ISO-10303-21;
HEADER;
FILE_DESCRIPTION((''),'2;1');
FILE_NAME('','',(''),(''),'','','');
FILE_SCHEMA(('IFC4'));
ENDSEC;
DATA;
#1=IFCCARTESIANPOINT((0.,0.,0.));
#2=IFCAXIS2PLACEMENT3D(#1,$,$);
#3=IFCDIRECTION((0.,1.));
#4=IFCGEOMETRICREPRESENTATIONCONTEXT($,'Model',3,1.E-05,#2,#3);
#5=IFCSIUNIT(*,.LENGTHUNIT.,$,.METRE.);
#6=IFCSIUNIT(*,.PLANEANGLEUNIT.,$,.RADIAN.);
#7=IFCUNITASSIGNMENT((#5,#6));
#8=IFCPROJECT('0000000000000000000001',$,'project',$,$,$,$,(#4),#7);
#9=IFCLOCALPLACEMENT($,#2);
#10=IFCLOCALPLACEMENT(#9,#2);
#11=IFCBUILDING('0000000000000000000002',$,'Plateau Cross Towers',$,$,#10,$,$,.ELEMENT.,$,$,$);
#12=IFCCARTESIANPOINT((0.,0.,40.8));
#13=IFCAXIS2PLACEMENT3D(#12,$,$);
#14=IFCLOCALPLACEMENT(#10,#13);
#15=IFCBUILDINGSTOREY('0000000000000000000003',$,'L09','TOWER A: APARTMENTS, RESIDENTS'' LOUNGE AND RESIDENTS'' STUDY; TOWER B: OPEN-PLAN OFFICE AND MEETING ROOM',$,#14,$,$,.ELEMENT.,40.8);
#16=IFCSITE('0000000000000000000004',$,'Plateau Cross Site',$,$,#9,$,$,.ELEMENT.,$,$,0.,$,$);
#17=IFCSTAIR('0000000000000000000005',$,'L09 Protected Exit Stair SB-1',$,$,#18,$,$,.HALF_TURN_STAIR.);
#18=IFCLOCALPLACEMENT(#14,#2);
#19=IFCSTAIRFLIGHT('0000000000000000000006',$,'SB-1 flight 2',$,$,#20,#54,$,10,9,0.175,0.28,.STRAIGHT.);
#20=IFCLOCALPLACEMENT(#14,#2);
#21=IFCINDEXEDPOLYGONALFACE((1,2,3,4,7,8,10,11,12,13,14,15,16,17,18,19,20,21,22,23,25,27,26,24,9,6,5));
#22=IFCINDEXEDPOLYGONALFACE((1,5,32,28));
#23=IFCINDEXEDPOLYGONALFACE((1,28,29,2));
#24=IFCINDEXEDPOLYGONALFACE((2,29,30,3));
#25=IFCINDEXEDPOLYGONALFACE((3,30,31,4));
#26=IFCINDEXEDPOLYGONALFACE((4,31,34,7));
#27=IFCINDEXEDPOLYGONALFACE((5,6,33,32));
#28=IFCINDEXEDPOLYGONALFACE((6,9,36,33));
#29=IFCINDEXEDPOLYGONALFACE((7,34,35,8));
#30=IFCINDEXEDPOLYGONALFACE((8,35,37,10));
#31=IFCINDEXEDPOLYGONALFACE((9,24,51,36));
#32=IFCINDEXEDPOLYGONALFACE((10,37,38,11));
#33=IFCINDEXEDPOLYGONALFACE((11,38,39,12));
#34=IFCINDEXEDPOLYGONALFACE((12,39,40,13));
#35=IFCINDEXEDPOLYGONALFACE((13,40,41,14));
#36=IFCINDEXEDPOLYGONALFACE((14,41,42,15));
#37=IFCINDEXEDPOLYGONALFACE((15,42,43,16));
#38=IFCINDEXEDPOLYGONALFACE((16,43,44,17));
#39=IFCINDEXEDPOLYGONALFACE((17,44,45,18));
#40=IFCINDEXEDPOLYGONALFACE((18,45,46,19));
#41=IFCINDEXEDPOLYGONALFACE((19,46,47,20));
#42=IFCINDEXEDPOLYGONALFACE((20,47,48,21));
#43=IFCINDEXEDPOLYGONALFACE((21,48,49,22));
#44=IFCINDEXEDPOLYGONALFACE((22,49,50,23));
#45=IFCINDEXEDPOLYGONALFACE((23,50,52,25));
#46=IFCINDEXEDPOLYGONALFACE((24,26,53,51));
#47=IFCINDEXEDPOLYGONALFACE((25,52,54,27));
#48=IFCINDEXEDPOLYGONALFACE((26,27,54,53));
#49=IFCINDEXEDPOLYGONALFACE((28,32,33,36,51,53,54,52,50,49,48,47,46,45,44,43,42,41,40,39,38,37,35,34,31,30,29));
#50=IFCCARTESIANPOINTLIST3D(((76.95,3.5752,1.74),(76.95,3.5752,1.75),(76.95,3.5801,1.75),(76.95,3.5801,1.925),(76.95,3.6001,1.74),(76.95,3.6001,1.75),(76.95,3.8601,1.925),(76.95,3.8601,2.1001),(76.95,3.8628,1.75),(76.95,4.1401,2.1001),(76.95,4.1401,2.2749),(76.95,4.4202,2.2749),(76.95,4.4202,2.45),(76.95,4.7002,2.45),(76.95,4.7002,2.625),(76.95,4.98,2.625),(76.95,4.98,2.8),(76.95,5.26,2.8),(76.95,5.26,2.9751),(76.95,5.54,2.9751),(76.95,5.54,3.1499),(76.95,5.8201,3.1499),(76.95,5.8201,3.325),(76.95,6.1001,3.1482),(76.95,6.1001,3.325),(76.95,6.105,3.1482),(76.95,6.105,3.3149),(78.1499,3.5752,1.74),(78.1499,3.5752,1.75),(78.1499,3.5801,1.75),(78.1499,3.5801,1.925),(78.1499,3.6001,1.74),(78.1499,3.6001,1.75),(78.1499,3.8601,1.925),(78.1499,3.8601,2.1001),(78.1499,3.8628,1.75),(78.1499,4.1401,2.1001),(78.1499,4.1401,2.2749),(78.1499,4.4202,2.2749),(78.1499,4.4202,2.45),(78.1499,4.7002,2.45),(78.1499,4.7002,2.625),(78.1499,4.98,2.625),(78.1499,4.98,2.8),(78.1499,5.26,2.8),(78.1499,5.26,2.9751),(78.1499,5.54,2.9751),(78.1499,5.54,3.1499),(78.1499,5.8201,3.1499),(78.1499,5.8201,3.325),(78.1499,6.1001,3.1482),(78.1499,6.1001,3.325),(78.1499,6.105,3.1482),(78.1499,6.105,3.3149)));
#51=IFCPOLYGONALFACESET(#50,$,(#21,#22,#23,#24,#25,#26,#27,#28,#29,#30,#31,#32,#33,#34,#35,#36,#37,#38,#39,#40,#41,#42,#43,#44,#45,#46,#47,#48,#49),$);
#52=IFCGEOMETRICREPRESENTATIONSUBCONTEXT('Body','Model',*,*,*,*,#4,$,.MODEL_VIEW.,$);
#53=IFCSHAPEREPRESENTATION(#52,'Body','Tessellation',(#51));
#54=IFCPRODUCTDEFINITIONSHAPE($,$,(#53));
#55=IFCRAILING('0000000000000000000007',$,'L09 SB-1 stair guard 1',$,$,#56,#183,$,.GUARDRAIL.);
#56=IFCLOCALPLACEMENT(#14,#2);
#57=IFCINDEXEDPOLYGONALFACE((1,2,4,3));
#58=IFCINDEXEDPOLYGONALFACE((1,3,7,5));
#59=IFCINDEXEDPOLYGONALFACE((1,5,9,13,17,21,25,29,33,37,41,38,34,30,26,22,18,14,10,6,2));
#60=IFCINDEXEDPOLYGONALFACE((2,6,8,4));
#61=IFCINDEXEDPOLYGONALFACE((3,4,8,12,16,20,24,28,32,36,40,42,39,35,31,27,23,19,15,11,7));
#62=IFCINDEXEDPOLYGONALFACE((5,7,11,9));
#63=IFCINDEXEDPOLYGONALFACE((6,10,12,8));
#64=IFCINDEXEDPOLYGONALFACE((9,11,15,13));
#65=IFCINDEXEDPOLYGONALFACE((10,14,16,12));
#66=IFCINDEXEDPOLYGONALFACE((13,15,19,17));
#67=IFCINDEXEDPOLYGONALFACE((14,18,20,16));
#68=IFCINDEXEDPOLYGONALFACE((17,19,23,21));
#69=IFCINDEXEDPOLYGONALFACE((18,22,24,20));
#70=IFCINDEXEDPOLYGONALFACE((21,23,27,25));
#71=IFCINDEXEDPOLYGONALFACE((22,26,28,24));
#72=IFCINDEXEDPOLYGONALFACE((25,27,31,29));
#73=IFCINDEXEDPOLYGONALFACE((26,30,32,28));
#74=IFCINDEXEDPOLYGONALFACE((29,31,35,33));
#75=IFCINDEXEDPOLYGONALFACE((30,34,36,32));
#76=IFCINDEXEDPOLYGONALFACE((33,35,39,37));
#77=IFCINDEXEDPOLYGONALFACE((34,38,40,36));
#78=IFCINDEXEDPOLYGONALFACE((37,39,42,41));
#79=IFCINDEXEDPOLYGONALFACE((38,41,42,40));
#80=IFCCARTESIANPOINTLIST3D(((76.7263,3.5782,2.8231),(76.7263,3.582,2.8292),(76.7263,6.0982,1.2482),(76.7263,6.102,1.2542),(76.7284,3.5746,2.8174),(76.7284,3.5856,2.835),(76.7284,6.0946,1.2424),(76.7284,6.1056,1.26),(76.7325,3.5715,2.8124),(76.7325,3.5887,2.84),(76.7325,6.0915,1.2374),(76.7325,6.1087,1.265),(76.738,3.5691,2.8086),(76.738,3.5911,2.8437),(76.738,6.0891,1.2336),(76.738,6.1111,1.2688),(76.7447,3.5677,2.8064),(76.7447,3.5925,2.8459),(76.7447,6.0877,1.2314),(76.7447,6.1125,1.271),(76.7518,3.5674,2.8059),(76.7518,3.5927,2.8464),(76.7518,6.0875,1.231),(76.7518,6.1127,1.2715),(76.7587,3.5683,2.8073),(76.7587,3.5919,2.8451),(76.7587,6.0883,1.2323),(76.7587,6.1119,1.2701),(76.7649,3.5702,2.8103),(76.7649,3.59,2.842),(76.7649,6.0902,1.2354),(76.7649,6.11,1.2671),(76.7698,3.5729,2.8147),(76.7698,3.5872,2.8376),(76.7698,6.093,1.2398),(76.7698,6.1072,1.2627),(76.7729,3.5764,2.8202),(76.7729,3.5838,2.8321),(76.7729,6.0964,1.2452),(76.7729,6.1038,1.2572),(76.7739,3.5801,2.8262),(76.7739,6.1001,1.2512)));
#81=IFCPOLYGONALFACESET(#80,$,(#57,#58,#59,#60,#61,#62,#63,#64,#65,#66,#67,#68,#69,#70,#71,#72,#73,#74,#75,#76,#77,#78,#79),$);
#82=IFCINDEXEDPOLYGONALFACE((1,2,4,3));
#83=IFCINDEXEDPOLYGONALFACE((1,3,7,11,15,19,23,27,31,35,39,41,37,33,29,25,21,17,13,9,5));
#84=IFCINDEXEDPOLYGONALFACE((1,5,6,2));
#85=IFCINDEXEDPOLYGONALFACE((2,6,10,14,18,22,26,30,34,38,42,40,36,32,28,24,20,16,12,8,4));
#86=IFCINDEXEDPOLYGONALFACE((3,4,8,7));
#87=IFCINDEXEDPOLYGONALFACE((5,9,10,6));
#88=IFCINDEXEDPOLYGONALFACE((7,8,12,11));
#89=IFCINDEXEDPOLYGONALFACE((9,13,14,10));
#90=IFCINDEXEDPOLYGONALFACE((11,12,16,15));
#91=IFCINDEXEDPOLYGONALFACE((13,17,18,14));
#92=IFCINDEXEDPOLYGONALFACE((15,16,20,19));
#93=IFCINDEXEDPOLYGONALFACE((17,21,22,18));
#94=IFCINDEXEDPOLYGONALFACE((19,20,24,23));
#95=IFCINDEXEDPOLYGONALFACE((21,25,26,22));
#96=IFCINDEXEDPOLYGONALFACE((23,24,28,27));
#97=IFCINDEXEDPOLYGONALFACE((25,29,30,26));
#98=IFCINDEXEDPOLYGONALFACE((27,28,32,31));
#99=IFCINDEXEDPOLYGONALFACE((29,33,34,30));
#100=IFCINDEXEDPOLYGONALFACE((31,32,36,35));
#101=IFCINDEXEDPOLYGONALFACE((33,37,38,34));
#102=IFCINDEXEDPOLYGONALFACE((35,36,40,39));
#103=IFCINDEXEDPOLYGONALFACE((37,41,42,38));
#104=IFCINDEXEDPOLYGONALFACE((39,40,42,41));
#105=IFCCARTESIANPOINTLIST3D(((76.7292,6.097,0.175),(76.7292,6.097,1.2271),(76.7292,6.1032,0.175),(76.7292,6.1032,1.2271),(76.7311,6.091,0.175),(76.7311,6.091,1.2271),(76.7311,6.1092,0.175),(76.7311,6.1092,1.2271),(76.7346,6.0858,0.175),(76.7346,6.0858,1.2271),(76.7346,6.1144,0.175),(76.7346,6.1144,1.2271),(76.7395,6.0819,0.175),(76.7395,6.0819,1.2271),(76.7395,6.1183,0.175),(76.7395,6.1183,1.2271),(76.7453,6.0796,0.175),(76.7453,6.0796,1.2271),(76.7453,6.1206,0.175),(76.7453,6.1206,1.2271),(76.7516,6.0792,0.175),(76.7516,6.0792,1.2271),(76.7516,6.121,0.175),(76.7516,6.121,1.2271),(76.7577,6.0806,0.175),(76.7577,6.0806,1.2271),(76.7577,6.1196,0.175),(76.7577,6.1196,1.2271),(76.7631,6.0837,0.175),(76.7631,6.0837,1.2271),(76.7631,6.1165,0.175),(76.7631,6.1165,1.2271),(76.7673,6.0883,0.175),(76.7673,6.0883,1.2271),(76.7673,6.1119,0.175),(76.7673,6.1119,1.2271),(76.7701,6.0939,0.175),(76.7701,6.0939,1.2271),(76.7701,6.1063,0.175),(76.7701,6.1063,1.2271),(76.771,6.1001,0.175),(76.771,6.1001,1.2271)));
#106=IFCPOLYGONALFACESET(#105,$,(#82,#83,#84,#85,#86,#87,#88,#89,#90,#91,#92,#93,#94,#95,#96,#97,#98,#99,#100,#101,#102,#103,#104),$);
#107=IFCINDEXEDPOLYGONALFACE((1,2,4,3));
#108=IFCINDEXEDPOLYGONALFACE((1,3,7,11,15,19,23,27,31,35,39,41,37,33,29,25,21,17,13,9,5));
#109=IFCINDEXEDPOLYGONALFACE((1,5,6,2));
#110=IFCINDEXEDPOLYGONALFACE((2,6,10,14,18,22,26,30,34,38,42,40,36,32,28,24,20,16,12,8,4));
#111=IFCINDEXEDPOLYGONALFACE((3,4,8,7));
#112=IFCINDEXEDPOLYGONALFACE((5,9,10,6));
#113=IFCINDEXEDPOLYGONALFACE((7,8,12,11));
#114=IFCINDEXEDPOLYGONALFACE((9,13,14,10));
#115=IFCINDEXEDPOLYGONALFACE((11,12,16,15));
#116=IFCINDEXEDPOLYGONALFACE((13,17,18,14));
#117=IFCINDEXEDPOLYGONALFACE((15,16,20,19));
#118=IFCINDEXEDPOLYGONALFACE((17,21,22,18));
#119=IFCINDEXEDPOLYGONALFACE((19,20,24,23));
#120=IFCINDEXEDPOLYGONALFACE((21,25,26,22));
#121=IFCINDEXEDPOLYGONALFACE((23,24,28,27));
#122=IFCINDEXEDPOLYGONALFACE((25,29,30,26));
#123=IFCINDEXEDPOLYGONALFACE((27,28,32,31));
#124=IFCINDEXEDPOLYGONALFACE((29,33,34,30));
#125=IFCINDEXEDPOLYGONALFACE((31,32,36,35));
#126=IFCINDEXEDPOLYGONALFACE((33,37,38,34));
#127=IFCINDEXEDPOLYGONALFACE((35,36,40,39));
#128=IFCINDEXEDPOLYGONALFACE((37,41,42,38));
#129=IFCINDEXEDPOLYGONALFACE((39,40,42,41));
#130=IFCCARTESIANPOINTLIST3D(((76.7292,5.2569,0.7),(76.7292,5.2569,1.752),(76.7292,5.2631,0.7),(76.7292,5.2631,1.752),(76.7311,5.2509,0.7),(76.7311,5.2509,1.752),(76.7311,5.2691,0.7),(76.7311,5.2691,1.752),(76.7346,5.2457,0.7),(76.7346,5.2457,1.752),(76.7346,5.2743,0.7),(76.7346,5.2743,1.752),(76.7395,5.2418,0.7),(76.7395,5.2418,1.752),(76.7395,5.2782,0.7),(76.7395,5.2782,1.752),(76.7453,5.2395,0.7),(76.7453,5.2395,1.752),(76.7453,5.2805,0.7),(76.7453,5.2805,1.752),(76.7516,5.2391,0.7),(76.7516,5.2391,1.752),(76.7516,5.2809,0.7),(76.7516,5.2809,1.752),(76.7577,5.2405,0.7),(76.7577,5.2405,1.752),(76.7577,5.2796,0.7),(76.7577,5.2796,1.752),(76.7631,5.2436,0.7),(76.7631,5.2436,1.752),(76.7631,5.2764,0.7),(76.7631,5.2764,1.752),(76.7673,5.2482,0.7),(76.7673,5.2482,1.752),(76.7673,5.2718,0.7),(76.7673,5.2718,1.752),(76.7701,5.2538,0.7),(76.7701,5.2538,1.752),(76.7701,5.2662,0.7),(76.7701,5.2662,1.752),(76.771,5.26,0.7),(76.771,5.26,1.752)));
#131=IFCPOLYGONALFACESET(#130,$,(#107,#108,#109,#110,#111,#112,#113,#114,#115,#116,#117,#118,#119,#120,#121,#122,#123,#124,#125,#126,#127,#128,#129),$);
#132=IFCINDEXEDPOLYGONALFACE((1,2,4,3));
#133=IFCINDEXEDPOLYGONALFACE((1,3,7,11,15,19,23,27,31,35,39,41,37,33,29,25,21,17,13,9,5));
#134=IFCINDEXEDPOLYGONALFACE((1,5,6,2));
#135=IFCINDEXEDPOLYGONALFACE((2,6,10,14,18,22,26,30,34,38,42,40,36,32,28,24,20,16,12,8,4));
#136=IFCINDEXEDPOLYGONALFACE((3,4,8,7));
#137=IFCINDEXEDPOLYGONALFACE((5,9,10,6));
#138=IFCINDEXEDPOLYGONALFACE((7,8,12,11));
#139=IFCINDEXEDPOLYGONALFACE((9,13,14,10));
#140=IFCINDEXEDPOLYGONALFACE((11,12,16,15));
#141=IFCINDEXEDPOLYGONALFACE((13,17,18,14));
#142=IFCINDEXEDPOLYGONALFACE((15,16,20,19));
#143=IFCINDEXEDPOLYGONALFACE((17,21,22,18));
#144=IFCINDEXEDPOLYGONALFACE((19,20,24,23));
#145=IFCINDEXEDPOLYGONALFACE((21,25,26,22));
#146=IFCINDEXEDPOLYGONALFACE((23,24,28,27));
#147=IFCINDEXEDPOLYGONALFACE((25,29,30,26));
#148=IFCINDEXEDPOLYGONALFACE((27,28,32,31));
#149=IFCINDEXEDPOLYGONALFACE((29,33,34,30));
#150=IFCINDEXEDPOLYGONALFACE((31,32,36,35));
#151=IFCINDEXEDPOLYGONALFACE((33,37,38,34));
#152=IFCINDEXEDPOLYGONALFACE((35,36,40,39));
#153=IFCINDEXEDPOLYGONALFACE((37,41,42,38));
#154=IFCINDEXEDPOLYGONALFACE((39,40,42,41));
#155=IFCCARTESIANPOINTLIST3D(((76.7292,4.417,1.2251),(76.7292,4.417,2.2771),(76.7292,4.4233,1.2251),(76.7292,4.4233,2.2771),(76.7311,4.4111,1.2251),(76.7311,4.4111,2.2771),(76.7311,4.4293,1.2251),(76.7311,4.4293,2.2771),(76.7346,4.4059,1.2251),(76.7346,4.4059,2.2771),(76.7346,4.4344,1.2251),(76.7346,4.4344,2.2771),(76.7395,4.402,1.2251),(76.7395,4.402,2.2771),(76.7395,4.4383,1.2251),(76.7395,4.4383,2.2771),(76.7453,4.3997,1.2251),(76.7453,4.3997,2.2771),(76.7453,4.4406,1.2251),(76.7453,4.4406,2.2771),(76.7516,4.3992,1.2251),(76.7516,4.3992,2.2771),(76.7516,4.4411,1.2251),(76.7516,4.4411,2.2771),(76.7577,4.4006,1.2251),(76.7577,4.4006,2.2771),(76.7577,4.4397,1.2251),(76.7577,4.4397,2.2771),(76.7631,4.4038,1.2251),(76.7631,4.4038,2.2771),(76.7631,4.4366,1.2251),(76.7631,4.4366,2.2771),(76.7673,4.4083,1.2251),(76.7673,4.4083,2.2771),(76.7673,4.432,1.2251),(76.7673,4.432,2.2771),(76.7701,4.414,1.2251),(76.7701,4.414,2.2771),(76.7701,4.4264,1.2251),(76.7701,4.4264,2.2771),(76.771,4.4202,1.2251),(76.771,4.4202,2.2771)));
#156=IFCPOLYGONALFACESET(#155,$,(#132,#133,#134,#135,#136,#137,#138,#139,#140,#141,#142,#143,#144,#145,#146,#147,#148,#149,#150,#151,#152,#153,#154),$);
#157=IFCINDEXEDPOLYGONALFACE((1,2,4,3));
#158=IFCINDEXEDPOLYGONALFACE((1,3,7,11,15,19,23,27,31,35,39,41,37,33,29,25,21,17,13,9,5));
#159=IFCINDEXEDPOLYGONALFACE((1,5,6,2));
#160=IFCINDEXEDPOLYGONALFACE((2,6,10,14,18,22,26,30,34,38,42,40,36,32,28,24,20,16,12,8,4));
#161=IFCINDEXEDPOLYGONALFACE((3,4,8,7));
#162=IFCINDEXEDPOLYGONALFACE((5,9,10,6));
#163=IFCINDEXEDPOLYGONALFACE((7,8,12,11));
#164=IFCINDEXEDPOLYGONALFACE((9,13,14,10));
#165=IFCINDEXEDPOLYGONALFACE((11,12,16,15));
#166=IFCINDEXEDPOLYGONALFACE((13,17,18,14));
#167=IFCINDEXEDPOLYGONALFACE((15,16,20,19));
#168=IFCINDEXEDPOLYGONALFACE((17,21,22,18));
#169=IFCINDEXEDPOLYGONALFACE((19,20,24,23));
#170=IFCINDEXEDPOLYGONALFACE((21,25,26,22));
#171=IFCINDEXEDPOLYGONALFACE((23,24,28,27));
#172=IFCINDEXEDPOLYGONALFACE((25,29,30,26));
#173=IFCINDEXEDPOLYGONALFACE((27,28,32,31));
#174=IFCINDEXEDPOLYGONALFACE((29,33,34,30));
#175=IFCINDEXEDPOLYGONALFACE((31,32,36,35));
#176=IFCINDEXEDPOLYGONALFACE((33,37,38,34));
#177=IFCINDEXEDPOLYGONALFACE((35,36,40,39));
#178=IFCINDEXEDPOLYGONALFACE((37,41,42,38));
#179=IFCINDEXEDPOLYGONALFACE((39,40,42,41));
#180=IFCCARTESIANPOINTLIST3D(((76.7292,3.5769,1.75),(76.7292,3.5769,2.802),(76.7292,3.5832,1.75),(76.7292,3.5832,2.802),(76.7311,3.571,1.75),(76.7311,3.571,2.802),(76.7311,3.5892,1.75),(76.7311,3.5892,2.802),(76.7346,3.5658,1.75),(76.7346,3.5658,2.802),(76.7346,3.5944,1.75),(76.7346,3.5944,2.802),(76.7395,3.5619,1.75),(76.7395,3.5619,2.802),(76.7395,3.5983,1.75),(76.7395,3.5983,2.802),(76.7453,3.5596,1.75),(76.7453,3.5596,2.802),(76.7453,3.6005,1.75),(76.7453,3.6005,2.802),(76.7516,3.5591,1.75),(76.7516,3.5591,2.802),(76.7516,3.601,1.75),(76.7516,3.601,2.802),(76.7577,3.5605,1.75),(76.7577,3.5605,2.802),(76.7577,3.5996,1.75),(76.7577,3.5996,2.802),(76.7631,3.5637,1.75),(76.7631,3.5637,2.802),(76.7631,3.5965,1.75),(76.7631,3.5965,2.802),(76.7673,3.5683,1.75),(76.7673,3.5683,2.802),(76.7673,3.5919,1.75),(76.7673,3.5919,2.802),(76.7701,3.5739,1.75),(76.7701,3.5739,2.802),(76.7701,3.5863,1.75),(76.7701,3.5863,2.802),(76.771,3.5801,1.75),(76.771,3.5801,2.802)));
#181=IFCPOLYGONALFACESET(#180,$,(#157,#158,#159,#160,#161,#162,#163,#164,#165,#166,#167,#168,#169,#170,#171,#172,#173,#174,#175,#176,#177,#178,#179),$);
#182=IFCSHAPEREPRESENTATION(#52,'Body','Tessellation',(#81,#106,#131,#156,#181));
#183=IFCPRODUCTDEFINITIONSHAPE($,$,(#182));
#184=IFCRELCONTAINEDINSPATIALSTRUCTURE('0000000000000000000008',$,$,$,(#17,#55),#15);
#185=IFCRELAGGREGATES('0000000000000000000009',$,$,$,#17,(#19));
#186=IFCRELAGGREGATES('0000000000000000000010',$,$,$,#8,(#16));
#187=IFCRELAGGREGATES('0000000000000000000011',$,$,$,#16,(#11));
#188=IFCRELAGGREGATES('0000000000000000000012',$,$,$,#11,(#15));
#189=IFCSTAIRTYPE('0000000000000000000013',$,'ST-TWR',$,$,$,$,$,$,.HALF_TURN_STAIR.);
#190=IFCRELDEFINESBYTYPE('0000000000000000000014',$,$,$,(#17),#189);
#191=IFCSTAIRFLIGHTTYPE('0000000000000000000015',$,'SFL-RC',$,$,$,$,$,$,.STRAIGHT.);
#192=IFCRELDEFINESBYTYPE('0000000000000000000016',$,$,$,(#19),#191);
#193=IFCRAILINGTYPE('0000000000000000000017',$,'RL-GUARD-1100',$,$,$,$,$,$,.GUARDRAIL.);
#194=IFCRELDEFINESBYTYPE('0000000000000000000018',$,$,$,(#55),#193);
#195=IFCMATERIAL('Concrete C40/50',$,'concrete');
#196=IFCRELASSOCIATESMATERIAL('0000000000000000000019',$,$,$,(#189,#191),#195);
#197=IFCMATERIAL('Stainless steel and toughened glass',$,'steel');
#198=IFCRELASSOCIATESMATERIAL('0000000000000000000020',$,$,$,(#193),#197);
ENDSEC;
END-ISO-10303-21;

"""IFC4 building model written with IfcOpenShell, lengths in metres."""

from ifc_helpers import new_model, si_unit, direction, frame, origin, origin_2d, place, context, subcontext, project, spatial, polyline, circle, outline, extrude, material, type_object, element, aggregate, save


model = new_model("IFC4")

# Units and contexts
model_context = context("Model", 3, precision=1e-05, world=origin(), true_north=direction((0.0, 1.0)))
body_context = subcontext(model_context, "Body", "Model", "MODEL_VIEW")
ifc_project = project(units=[si_unit("LENGTHUNIT", "METRE"), si_unit("PLANEANGLEUNIT", "RADIAN")], contexts=[model_context])

# Site, building, storey
site_placement = place(None, origin())
site = spatial("IfcSite", under=ifc_project, at=site_placement, Name="Plateau Cross Site", CompositionType="ELEMENT", RefElevation=0.0)
building_placement = place(site_placement, origin())
building = spatial("IfcBuilding", under=site, at=building_placement, Name="Plateau Cross Towers", CompositionType="ELEMENT")
storey_placement = place(building_placement, frame((0.0, 0.0, 40.8)))
storey = spatial("IfcBuildingStorey", under=building, at=storey_placement, Name="L09", Description="TOWER A: APARTMENTS, RESIDENTS' LOUNGE AND RESIDENTS' STUDY; TOWER B: OPEN-PLAN OFFICE AND MEETING ROOM", CompositionType="ELEMENT", Elevation=40.8)

# Stair, stair flight
ifc_material_1 = material(Name="Concrete C40/50", Category="concrete")
stair_type = type_object("IfcStairType", Name="ST-TWR", PredefinedType="HALF_TURN_STAIR", material=ifc_material_1)
stair_placement = place(storey_placement, origin())
stair = element("IfcStair", 1, at=stair_placement, inside=storey, type_object=stair_type, Name="L09 Protected Exit Stair SB-1", PredefinedType="HALF_TURN_STAIR")
stair_flight_type = type_object("IfcStairFlightType", Name="SFL-RC", PredefinedType="STRAIGHT", material=ifc_material_1)
stair_flight_1_placement = place(storey_placement, frame((77.55, 3.5801, 1.75), z_axis=(0.0, 0.0, 1.0), x_axis=(0.0, 1.0, 0.0)))
stair_flight_1 = element("IfcStairFlight", 2, at=stair_flight_1_placement, type_object=stair_flight_type, Name="SB-1 flight 2", NumberOfRisers=10, NumberOfTreads=9, PredefinedType="STRAIGHT", RiserHeight=0.175, TreadLength=0.28, context=body_context, shape_type="SweptSolid", body=[
    extrude(outline(polyline([(-0.0049, -0.01), (-0.0049, 0.0), (0.0, 0.0), (0.0, 0.175), (0.28, 0.175), (0.28, 0.3501), (0.5601, 0.3501), (0.5601, 0.5249), (0.8401, 0.5249), (0.8401, 0.7), (1.1201, 0.7), (1.1201, 0.875), (1.3999, 0.875), (1.3999, 1.05), (1.6799, 1.05), (1.6799, 1.2251), (1.96, 1.2251), (1.96, 1.3999), (2.24, 1.3999), (2.24, 1.575), (2.52, 1.575), (2.5249, 1.5649), (2.5249, 1.3982), (2.52, 1.3982), (0.2827, 0.0), (0.02, 0.0), (0.02, -0.01), (-0.0049, -0.01)])), frame((0.0, 0.6001, 0.0), z_axis=(0.0, -1.0, 0.0), x_axis=(1.0, 0.0, 0.0)), (0.0, 0.0, 1.0), 1.2),
])
aggregate(stair, [stair_flight_1])

# Railing
ifc_material_2 = material(Name="Stainless steel and toughened glass", Category="steel")
railing_type_1 = type_object("IfcRailingType", Name="RL-GUARD-1100", PredefinedType="GUARDRAIL", material=ifc_material_2)
railing_1_placement = place(storey_placement, frame((76.75, 6.1001, 0.175)))
element("IfcRailing", 3, at=railing_1_placement, inside=storey, type_object=railing_type_1, Name="L09 SB-1 stair guard 1", PredefinedType="GUARDRAIL", context=body_context, shape_type="SweptSolid", body=[
    extrude(circle(Radius=0.0239, at=origin_2d()), frame((0.0, 0.0, 1.0762), z_axis=(0.0, -0.848008, 0.529984), x_axis=(1.0, 0.0, 0.0)), (0.0, 0.0, 1.0), 2.9717),
    extrude(circle(Radius=0.021, at=origin_2d()), origin(), (0.0, 0.0, 1.0), 1.052),
    extrude(circle(Radius=0.021, at=origin_2d()), frame((0.0, -0.8401, 0.5249)), (0.0, 0.0, 1.0), 1.052),
    extrude(circle(Radius=0.021, at=origin_2d()), frame((0.0, -1.6799, 1.05)), (0.0, 0.0, 1.0), 1.052),
    extrude(circle(Radius=0.021, at=origin_2d()), frame((0.0, -2.52, 1.575)), (0.0, 0.0, 1.0), 1.052),
])

save(model, "model.ifc")
